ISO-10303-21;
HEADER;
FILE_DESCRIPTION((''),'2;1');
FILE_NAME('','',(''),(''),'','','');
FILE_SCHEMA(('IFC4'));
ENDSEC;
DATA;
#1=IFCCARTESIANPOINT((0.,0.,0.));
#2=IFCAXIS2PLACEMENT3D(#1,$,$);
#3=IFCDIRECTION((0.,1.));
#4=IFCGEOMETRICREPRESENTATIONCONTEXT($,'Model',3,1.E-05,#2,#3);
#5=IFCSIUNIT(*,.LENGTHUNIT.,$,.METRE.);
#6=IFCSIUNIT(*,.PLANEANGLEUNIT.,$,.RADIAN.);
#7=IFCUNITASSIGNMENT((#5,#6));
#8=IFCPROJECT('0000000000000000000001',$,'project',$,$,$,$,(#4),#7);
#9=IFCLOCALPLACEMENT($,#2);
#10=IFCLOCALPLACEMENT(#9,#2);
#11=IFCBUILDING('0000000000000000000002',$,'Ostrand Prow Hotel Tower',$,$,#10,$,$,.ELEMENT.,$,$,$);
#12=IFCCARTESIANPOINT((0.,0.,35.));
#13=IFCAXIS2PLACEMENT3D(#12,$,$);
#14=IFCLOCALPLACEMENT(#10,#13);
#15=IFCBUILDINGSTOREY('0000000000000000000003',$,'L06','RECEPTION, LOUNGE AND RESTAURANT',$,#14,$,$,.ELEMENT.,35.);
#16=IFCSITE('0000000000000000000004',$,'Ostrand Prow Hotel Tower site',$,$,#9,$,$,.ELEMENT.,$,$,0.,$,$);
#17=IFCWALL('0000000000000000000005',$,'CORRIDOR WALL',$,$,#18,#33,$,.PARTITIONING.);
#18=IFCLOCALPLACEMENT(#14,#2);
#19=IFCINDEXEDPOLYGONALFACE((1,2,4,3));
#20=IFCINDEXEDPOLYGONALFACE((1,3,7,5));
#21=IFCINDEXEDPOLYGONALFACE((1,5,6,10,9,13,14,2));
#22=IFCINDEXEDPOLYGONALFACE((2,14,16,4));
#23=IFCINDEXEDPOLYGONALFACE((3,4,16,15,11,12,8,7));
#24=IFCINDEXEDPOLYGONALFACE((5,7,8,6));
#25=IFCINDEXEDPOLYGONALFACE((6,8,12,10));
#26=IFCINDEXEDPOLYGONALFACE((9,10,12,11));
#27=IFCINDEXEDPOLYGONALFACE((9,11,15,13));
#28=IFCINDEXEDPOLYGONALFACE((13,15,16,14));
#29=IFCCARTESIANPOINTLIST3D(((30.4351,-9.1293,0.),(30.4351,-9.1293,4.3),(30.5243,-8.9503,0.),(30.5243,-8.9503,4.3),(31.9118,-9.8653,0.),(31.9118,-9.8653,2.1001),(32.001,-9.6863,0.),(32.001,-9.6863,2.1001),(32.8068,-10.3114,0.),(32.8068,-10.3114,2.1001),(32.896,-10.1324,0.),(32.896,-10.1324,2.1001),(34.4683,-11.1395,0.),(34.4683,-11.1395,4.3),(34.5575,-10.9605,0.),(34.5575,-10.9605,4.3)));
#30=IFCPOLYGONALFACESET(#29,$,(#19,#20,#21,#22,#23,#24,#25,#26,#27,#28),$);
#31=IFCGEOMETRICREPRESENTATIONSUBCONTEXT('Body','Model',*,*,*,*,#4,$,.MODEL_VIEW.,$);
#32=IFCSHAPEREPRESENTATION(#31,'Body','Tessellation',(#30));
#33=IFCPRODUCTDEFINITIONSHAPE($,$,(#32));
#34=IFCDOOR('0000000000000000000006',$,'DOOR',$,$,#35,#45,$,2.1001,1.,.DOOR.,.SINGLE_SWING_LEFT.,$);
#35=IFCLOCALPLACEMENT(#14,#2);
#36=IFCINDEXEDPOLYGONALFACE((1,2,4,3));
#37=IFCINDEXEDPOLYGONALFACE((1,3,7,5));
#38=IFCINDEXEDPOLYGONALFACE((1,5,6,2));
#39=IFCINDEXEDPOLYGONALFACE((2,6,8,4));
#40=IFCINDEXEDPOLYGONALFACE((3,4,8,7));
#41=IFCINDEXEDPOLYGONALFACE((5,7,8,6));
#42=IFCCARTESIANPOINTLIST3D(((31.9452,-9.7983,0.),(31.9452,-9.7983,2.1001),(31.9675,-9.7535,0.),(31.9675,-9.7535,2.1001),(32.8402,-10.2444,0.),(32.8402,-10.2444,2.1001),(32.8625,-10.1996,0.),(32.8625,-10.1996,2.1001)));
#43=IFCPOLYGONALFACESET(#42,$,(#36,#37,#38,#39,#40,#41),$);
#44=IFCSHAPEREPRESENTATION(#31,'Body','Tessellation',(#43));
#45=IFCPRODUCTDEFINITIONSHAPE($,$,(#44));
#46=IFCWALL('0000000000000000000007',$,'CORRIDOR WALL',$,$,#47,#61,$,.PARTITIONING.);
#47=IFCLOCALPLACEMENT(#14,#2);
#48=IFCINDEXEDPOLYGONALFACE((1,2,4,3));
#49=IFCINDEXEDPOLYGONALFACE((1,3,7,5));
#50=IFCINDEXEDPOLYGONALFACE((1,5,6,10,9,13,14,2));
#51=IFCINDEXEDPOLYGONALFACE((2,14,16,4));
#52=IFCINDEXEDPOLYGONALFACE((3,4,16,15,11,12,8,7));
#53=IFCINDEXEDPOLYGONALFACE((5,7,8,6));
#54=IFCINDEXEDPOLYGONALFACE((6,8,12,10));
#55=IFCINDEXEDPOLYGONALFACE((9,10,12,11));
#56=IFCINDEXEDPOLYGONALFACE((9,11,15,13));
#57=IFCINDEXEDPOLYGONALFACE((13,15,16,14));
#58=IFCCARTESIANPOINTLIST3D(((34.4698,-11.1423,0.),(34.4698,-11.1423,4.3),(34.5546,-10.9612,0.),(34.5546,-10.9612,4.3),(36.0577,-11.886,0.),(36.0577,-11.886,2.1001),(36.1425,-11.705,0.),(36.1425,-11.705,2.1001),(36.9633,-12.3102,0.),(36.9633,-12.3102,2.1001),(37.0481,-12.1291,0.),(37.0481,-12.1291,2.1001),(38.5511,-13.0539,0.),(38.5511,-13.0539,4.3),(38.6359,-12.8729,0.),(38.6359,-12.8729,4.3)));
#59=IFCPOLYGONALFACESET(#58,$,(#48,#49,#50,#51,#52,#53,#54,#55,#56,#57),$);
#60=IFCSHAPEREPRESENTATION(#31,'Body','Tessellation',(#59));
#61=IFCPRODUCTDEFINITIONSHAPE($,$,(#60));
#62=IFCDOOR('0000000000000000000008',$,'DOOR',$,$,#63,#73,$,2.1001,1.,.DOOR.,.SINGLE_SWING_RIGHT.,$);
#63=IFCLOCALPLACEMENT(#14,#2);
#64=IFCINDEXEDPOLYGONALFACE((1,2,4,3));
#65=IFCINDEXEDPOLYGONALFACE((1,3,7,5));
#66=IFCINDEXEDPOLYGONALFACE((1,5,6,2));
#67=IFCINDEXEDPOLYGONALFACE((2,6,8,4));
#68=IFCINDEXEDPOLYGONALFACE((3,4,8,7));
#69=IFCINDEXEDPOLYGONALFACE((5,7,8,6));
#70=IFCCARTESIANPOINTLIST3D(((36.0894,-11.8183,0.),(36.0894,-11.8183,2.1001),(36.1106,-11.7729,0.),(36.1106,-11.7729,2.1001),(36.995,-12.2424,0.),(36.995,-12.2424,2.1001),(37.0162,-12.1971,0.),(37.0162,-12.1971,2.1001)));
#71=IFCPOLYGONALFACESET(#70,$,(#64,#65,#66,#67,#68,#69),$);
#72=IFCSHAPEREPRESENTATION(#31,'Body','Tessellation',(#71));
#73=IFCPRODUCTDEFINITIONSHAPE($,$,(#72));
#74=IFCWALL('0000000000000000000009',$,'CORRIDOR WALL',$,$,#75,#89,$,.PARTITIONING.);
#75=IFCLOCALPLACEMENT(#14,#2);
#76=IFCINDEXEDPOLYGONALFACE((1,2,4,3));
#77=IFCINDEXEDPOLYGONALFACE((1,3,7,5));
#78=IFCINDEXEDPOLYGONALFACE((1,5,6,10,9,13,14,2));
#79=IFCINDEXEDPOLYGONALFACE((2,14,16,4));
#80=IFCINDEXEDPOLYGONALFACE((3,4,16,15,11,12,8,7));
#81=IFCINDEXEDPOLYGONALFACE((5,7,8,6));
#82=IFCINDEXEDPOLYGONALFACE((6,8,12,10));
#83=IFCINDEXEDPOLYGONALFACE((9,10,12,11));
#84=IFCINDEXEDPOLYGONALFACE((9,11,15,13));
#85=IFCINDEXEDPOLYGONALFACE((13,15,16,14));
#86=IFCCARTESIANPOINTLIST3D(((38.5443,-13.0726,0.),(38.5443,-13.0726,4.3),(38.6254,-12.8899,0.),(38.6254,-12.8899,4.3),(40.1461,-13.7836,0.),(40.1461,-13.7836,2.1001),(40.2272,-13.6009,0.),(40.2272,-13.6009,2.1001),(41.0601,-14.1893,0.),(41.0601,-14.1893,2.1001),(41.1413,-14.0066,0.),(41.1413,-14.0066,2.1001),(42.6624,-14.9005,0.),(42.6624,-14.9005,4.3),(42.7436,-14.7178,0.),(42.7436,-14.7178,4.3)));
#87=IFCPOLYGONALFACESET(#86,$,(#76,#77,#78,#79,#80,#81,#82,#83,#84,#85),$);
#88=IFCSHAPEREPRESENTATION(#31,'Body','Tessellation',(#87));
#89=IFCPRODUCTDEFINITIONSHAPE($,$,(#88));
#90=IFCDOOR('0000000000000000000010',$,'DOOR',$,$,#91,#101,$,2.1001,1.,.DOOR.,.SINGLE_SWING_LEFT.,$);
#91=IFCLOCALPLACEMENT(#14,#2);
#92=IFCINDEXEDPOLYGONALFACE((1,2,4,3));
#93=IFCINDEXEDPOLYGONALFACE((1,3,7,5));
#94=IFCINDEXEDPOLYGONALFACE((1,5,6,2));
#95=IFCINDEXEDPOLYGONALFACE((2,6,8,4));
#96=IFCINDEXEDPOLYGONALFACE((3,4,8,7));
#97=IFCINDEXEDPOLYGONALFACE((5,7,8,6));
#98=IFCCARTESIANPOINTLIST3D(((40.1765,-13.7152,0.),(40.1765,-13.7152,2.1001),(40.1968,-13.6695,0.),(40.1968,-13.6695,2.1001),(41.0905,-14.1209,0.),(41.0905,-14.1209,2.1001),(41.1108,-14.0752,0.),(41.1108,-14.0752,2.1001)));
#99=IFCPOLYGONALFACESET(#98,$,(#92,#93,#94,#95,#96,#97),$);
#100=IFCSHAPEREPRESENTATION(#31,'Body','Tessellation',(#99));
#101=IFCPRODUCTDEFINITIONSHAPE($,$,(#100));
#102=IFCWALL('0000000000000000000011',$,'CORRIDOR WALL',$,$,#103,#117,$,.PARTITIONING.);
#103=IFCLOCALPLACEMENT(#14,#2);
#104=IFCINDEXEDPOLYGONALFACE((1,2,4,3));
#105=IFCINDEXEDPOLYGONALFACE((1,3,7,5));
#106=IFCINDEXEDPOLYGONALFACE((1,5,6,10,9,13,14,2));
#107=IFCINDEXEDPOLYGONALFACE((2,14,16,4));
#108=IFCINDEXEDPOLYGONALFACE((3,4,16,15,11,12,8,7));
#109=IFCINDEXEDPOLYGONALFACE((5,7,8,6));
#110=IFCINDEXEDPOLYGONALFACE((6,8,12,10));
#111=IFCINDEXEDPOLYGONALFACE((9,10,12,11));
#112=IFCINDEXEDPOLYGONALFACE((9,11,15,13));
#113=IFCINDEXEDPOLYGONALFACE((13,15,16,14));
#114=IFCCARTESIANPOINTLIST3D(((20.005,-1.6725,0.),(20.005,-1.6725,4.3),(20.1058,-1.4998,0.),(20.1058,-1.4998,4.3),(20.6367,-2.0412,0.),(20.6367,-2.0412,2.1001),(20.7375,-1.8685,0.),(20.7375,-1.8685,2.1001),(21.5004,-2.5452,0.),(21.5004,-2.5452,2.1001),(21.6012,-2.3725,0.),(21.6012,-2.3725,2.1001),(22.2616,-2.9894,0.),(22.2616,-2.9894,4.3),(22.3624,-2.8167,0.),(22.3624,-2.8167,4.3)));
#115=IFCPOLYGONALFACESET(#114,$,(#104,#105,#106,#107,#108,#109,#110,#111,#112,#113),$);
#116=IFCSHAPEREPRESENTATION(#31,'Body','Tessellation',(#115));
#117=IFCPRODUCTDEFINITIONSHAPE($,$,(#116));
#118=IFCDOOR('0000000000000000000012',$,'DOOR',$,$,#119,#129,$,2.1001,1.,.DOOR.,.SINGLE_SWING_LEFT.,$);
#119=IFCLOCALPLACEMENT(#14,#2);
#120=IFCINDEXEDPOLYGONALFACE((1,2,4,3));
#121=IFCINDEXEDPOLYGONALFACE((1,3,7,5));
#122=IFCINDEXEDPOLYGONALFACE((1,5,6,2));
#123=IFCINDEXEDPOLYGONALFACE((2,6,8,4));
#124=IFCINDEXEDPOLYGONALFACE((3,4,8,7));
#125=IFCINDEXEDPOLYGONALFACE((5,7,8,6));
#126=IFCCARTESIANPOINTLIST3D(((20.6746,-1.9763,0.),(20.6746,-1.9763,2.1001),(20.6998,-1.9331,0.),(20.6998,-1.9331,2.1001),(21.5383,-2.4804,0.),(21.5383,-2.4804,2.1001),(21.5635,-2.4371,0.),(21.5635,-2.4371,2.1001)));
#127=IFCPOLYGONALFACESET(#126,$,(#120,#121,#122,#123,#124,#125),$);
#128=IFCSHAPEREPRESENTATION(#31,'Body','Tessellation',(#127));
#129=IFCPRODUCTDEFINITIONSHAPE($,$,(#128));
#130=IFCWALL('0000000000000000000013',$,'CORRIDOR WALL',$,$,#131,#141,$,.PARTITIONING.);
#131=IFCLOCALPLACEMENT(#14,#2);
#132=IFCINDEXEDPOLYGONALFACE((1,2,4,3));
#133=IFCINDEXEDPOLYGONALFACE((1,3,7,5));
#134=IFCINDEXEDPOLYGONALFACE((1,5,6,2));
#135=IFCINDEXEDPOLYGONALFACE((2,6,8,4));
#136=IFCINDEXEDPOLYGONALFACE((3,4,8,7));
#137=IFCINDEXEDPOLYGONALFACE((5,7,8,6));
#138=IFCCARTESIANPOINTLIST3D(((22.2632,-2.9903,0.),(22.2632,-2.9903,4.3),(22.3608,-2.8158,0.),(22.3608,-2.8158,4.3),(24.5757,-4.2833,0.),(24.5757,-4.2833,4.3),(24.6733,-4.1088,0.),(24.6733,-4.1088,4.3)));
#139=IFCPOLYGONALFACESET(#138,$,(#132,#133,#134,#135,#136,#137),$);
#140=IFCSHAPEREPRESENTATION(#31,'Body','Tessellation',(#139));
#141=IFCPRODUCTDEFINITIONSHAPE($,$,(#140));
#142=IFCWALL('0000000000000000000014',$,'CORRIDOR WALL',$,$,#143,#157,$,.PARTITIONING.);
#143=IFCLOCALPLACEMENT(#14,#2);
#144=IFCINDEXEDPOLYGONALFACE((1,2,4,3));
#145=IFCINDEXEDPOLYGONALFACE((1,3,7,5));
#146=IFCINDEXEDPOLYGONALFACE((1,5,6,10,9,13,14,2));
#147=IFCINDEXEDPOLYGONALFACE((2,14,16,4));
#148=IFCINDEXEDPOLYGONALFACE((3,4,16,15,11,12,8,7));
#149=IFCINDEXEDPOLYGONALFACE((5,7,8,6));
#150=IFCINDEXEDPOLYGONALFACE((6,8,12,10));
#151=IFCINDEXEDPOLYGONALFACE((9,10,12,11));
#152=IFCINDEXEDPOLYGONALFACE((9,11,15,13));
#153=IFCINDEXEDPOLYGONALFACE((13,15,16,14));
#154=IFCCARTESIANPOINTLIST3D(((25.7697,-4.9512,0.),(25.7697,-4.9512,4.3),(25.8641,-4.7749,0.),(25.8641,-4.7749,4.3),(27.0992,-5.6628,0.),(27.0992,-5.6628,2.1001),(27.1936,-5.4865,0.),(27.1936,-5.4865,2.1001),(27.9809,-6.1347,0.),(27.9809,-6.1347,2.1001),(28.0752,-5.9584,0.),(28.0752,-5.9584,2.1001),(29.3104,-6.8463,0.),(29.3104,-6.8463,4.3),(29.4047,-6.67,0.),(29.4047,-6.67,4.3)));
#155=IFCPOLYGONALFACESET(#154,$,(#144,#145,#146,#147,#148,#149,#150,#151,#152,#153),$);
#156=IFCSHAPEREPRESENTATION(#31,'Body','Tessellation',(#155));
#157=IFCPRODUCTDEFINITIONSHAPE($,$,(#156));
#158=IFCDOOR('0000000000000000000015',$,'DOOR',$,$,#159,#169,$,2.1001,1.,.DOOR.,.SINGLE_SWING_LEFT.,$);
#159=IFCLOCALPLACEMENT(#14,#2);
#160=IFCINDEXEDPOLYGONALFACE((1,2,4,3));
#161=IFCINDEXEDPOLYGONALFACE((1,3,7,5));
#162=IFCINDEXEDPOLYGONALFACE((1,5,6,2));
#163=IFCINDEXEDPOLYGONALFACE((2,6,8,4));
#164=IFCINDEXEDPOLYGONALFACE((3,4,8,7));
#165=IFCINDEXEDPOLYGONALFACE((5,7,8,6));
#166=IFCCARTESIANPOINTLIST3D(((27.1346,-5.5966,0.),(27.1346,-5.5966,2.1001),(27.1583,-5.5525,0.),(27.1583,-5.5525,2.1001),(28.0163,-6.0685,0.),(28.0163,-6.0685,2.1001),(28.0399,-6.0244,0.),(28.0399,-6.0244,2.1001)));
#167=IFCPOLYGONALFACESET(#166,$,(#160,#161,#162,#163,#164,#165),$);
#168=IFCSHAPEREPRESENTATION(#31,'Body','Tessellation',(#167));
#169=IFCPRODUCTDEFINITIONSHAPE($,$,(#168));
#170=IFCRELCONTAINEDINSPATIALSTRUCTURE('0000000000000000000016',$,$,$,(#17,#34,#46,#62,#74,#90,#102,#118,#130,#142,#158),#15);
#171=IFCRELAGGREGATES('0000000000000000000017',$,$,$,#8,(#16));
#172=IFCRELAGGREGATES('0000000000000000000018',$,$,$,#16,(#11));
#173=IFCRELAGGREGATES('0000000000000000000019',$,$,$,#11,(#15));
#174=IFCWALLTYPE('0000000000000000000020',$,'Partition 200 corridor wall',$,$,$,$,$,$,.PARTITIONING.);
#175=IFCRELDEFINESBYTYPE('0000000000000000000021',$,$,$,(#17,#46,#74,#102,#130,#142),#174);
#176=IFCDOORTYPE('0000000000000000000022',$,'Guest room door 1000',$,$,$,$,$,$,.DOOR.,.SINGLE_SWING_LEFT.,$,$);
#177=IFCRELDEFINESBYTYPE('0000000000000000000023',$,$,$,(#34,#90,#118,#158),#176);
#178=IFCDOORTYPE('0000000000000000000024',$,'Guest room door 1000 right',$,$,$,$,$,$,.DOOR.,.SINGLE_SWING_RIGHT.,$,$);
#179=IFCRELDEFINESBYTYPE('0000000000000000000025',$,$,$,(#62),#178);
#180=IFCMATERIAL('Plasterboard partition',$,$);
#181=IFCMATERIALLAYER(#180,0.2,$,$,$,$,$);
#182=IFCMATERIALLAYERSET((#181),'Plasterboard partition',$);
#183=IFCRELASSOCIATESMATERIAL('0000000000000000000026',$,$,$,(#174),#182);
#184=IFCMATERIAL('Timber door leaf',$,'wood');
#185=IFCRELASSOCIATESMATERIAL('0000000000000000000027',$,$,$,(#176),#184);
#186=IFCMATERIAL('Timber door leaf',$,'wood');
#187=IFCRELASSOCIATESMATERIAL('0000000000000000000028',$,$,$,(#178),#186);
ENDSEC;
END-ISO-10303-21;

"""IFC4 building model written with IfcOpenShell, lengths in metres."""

from ifc_helpers import new_model, si_unit, direction, frame, frame_2d, origin, place, context, subcontext, project, spatial, rectangle, extrude, material, layer, layer_set, type_object, element, fill, save


model = new_model("IFC4")

# Units and contexts
model_context = context("Model", 3, precision=1e-05, world=origin(), true_north=direction((0.0, 1.0)))
body_context = subcontext(model_context, "Body", "Model", "MODEL_VIEW")
ifc_project = project(units=[si_unit("LENGTHUNIT", "METRE"), si_unit("PLANEANGLEUNIT", "RADIAN")], contexts=[model_context])

# Site, building, storey
site_placement = place(None, origin())
site = spatial("IfcSite", under=ifc_project, at=site_placement, Name="Ostrand Prow Hotel Tower site", CompositionType="ELEMENT", RefElevation=0.0)
building_placement = place(site_placement, origin())
building = spatial("IfcBuilding", under=site, at=building_placement, Name="Ostrand Prow Hotel Tower", CompositionType="ELEMENT")
storey_placement = place(building_placement, frame((0.0, 0.0, 35.0)))
storey = spatial("IfcBuildingStorey", under=building, at=storey_placement, Name="L06", Description="RECEPTION, LOUNGE AND RESTAURANT", CompositionType="ELEMENT", Elevation=35.0)

# Walls, openings, doors
ifc_material_1 = material(Name="Plasterboard partition")
ifc_layer_1 = layer(ifc_material_1, 0.2)
ifc_layer_set_1 = layer_set([ifc_layer_1], Name="Plasterboard partition")
wall_type_1 = type_object("IfcWallType", Name="Partition 200 corridor wall", PredefinedType="PARTITIONING", material=ifc_layer_set_1)
wall_1_placement = place(storey_placement, frame((30.4797, -9.0398, 0.0), z_axis=(0.0, 0.0, 1.0), x_axis=(0.89499, -0.446086, 0.0)))
wall_1 = element("IfcWall", 1, at=wall_1_placement, inside=storey, type_object=wall_type_1, Name="CORRIDOR WALL", PredefinedType="PARTITIONING", context=body_context, shape_type="SweptSolid", body=[
    extrude(rectangle(XDim=4.5063, YDim=0.2, at=frame_2d((2.2532, 0.0))), origin(), (0.0, 0.0, 1.0), 4.3),
])
opening_1_placement = place(wall_1_placement, frame((1.6499, 0.0, 0.0)))
opening_1 = element("IfcOpeningElement", 2, at=opening_1_placement, cuts=wall_1, PredefinedType="OPENING", context=body_context, shape_type="SweptSolid", body=[
    extrude(rectangle(XDim=1.0, YDim=2.1001, at=frame_2d((0.5, 1.05))), frame((0.0, 0.1099, 0.0), z_axis=(0.0, -1.0, 0.0), x_axis=(1.0, 0.0, 0.0)), (0.0, 0.0, 1.0), 0.22),
])
ifc_material_2 = material(Name="Timber door leaf", Category="wood")
door_type_1 = type_object("IfcDoorType", Name="Guest room door 1000", OperationType="SINGLE_SWING_LEFT", PredefinedType="DOOR", material=ifc_material_2)
door_1_placement = place(opening_1_placement, origin())
door_1 = element("IfcDoor", 3, at=door_1_placement, inside=storey, type_object=door_type_1, Name="DOOR", OperationType="SINGLE_SWING_LEFT", OverallHeight=2.1001, OverallWidth=1.0, PredefinedType="DOOR", context=body_context, shape_type="SweptSolid", body=[
    extrude(rectangle(XDim=1.0, YDim=2.1001, at=frame_2d((0.5, 1.05))), frame((0.0, 0.0249, 0.0), z_axis=(0.0, -1.0, 0.0), x_axis=(1.0, 0.0, 0.0)), (0.0, 0.0, 1.0), 0.05),
])
fill(opening_1, door_1)
wall_2_placement = place(storey_placement, frame((34.5122, -11.0518, 0.0), z_axis=(0.0, 0.0, 1.0), x_axis=(0.905586, -0.424163, 0.0)))
wall_2 = element("IfcWall", 4, at=wall_2_placement, inside=storey, type_object=wall_type_1, Name="CORRIDOR WALL", PredefinedType="PARTITIONING", context=body_context, shape_type="SweptSolid", body=[
    extrude(rectangle(XDim=4.5068, YDim=0.2, at=frame_2d((2.2534, 0.0))), origin(), (0.0, 0.0, 1.0), 4.3),
])
opening_2_placement = place(wall_2_placement, frame((1.7534, 0.0, 0.0)))
opening_2 = element("IfcOpeningElement", 5, at=opening_2_placement, cuts=wall_2, PredefinedType="OPENING", context=body_context, shape_type="SweptSolid", body=[
    extrude(rectangle(XDim=1.0, YDim=2.1001, at=frame_2d((0.5, 1.05))), frame((0.0, 0.1099, 0.0), z_axis=(0.0, -1.0, 0.0), x_axis=(1.0, 0.0, 0.0)), (0.0, 0.0, 1.0), 0.22),
])
ifc_material_3 = material(Name="Timber door leaf", Category="wood")
door_type_2 = type_object("IfcDoorType", Name="Guest room door 1000 right", OperationType="SINGLE_SWING_RIGHT", PredefinedType="DOOR", material=ifc_material_3)
door_2_placement = place(opening_2_placement, origin())
door_2 = element("IfcDoor", 6, at=door_2_placement, inside=storey, type_object=door_type_2, Name="DOOR", OperationType="SINGLE_SWING_RIGHT", OverallHeight=2.1001, OverallWidth=1.0, PredefinedType="DOOR", context=body_context, shape_type="SweptSolid", body=[
    extrude(rectangle(XDim=1.0, YDim=2.1001, at=frame_2d((0.5, 1.05))), frame((0.0, 0.0249, 0.0), z_axis=(0.0, -1.0, 0.0), x_axis=(1.0, 0.0, 0.0)), (0.0, 0.0, 1.0), 0.05),
])
fill(opening_2, door_2)
wall_3_placement = place(storey_placement, frame((38.5847, -12.9812, 0.0), z_axis=(0.0, 0.0, 1.0), x_axis=(0.91401, -0.405691, 0.0)))
wall_3 = element("IfcWall", 7, at=wall_3_placement, inside=storey, type_object=wall_type_1, Name="CORRIDOR WALL", PredefinedType="PARTITIONING", context=body_context, shape_type="SweptSolid", body=[
    extrude(rectangle(XDim=4.5056, YDim=0.2, at=frame_2d((2.2529, 0.0))), origin(), (0.0, 0.0, 1.0), 4.3),
])
opening_3_placement = place(wall_3_placement, frame((1.7527, 0.0, 0.0)))
opening_3 = element("IfcOpeningElement", 8, at=opening_3_placement, cuts=wall_3, PredefinedType="OPENING", context=body_context, shape_type="SweptSolid", body=[
    extrude(rectangle(XDim=1.0, YDim=2.1001, at=frame_2d((0.5, 1.05))), frame((0.0, 0.1099, 0.0), z_axis=(0.0, -1.0, 0.0), x_axis=(1.0, 0.0, 0.0)), (0.0, 0.0, 1.0), 0.22),
])
door_3_placement = place(opening_3_placement, origin())
door_3 = element("IfcDoor", 9, at=door_3_placement, inside=storey, type_object=door_type_1, Name="DOOR", OperationType="SINGLE_SWING_LEFT", OverallHeight=2.1001, OverallWidth=1.0, PredefinedType="DOOR", context=body_context, shape_type="SweptSolid", body=[
    extrude(rectangle(XDim=1.0, YDim=2.1001, at=frame_2d((0.5, 1.05))), frame((0.0, 0.0249, 0.0), z_axis=(0.0, -1.0, 0.0), x_axis=(1.0, 0.0, 0.0)), (0.0, 0.0, 1.0), 0.05),
])
fill(opening_3, door_3)
wall_4_placement = place(storey_placement, frame((22.312, -2.9031, 0.0), z_axis=(0.0, 0.0, 1.0), x_axis=(-0.863687, 0.504028, 0.0)))
wall_4 = element("IfcWall", 10, at=wall_4_placement, inside=storey, type_object=wall_type_1, Name="CORRIDOR WALL", PredefinedType="PARTITIONING", context=body_context, shape_type="SweptSolid", body=[
    extrude(rectangle(XDim=2.6128, YDim=0.2, at=frame_2d((1.3064, 0.0))), origin(), (0.0, 0.0, 1.0), 4.3),
])
opening_4_placement = place(wall_4_placement, frame((0.8813, 0.0, 0.0)))
opening_4 = element("IfcOpeningElement", 11, at=opening_4_placement, cuts=wall_4, PredefinedType="OPENING", context=body_context, shape_type="SweptSolid", body=[
    extrude(rectangle(XDim=1.0, YDim=2.1001, at=frame_2d((0.5, 1.05))), frame((0.0, 0.1099, 0.0), z_axis=(0.0, -1.0, 0.0), x_axis=(1.0, 0.0, 0.0)), (0.0, 0.0, 1.0), 0.22),
])
door_4_placement = place(opening_4_placement, origin())
door_4 = element("IfcDoor", 12, at=door_4_placement, inside=storey, type_object=door_type_1, Name="DOOR", OperationType="SINGLE_SWING_LEFT", OverallHeight=2.1001, OverallWidth=1.0, PredefinedType="DOOR", context=body_context, shape_type="SweptSolid", body=[
    extrude(rectangle(XDim=1.0, YDim=2.1001, at=frame_2d((0.5, 1.05))), frame((0.0, 0.0249, 0.0), z_axis=(0.0, -1.0, 0.0), x_axis=(1.0, 0.0, 0.0)), (0.0, 0.0, 1.0), 0.05),
])
fill(opening_4, door_4)

# Wall
wall_5_placement = place(storey_placement, frame((24.6245, -4.196, 0.0), z_axis=(0.0, 0.0, 1.0), x_axis=(-0.872833, 0.48802, 0.0)))
element("IfcWall", 13, at=wall_5_placement, inside=storey, type_object=wall_type_1, Name="CORRIDOR WALL", PredefinedType="PARTITIONING", context=body_context, shape_type="SweptSolid", body=[
    extrude(rectangle(XDim=2.6494, YDim=0.2, at=frame_2d((1.3247, 0.0))), origin(), (0.0, 0.0, 1.0), 4.3),
])

# Wall, opening, door
wall_6_placement = place(storey_placement, frame((29.3574, -6.7581, 0.0), z_axis=(0.0, 0.0, 1.0), x_axis=(-0.881655, 0.471894, 0.0)))
wall_6 = element("IfcWall", 14, at=wall_6_placement, inside=storey, type_object=wall_type_1, Name="CORRIDOR WALL", PredefinedType="PARTITIONING", context=body_context, shape_type="SweptSolid", body=[
    extrude(rectangle(XDim=4.0159, YDim=0.2, at=frame_2d((2.0078, 0.0))), origin(), (0.0, 0.0, 1.0), 4.3),
])
opening_5_placement = place(wall_6_placement, frame((1.5078, 0.0, 0.0)))
opening_5 = element("IfcOpeningElement", 15, at=opening_5_placement, cuts=wall_6, PredefinedType="OPENING", context=body_context, shape_type="SweptSolid", body=[
    extrude(rectangle(XDim=1.0, YDim=2.1001, at=frame_2d((0.5, 1.05))), frame((0.0, 0.1099, 0.0), z_axis=(0.0, -1.0, 0.0), x_axis=(1.0, 0.0, 0.0)), (0.0, 0.0, 1.0), 0.22),
])
door_5_placement = place(opening_5_placement, origin())
door_5 = element("IfcDoor", 16, at=door_5_placement, inside=storey, type_object=door_type_1, Name="DOOR", OperationType="SINGLE_SWING_LEFT", OverallHeight=2.1001, OverallWidth=1.0, PredefinedType="DOOR", context=body_context, shape_type="SweptSolid", body=[
    extrude(rectangle(XDim=1.0, YDim=2.1001, at=frame_2d((0.5, 1.05))), frame((0.0, 0.0249, 0.0), z_axis=(0.0, -1.0, 0.0), x_axis=(1.0, 0.0, 0.0)), (0.0, 0.0, 1.0), 0.05),
])
fill(opening_5, door_5)

save(model, "model.ifc")
